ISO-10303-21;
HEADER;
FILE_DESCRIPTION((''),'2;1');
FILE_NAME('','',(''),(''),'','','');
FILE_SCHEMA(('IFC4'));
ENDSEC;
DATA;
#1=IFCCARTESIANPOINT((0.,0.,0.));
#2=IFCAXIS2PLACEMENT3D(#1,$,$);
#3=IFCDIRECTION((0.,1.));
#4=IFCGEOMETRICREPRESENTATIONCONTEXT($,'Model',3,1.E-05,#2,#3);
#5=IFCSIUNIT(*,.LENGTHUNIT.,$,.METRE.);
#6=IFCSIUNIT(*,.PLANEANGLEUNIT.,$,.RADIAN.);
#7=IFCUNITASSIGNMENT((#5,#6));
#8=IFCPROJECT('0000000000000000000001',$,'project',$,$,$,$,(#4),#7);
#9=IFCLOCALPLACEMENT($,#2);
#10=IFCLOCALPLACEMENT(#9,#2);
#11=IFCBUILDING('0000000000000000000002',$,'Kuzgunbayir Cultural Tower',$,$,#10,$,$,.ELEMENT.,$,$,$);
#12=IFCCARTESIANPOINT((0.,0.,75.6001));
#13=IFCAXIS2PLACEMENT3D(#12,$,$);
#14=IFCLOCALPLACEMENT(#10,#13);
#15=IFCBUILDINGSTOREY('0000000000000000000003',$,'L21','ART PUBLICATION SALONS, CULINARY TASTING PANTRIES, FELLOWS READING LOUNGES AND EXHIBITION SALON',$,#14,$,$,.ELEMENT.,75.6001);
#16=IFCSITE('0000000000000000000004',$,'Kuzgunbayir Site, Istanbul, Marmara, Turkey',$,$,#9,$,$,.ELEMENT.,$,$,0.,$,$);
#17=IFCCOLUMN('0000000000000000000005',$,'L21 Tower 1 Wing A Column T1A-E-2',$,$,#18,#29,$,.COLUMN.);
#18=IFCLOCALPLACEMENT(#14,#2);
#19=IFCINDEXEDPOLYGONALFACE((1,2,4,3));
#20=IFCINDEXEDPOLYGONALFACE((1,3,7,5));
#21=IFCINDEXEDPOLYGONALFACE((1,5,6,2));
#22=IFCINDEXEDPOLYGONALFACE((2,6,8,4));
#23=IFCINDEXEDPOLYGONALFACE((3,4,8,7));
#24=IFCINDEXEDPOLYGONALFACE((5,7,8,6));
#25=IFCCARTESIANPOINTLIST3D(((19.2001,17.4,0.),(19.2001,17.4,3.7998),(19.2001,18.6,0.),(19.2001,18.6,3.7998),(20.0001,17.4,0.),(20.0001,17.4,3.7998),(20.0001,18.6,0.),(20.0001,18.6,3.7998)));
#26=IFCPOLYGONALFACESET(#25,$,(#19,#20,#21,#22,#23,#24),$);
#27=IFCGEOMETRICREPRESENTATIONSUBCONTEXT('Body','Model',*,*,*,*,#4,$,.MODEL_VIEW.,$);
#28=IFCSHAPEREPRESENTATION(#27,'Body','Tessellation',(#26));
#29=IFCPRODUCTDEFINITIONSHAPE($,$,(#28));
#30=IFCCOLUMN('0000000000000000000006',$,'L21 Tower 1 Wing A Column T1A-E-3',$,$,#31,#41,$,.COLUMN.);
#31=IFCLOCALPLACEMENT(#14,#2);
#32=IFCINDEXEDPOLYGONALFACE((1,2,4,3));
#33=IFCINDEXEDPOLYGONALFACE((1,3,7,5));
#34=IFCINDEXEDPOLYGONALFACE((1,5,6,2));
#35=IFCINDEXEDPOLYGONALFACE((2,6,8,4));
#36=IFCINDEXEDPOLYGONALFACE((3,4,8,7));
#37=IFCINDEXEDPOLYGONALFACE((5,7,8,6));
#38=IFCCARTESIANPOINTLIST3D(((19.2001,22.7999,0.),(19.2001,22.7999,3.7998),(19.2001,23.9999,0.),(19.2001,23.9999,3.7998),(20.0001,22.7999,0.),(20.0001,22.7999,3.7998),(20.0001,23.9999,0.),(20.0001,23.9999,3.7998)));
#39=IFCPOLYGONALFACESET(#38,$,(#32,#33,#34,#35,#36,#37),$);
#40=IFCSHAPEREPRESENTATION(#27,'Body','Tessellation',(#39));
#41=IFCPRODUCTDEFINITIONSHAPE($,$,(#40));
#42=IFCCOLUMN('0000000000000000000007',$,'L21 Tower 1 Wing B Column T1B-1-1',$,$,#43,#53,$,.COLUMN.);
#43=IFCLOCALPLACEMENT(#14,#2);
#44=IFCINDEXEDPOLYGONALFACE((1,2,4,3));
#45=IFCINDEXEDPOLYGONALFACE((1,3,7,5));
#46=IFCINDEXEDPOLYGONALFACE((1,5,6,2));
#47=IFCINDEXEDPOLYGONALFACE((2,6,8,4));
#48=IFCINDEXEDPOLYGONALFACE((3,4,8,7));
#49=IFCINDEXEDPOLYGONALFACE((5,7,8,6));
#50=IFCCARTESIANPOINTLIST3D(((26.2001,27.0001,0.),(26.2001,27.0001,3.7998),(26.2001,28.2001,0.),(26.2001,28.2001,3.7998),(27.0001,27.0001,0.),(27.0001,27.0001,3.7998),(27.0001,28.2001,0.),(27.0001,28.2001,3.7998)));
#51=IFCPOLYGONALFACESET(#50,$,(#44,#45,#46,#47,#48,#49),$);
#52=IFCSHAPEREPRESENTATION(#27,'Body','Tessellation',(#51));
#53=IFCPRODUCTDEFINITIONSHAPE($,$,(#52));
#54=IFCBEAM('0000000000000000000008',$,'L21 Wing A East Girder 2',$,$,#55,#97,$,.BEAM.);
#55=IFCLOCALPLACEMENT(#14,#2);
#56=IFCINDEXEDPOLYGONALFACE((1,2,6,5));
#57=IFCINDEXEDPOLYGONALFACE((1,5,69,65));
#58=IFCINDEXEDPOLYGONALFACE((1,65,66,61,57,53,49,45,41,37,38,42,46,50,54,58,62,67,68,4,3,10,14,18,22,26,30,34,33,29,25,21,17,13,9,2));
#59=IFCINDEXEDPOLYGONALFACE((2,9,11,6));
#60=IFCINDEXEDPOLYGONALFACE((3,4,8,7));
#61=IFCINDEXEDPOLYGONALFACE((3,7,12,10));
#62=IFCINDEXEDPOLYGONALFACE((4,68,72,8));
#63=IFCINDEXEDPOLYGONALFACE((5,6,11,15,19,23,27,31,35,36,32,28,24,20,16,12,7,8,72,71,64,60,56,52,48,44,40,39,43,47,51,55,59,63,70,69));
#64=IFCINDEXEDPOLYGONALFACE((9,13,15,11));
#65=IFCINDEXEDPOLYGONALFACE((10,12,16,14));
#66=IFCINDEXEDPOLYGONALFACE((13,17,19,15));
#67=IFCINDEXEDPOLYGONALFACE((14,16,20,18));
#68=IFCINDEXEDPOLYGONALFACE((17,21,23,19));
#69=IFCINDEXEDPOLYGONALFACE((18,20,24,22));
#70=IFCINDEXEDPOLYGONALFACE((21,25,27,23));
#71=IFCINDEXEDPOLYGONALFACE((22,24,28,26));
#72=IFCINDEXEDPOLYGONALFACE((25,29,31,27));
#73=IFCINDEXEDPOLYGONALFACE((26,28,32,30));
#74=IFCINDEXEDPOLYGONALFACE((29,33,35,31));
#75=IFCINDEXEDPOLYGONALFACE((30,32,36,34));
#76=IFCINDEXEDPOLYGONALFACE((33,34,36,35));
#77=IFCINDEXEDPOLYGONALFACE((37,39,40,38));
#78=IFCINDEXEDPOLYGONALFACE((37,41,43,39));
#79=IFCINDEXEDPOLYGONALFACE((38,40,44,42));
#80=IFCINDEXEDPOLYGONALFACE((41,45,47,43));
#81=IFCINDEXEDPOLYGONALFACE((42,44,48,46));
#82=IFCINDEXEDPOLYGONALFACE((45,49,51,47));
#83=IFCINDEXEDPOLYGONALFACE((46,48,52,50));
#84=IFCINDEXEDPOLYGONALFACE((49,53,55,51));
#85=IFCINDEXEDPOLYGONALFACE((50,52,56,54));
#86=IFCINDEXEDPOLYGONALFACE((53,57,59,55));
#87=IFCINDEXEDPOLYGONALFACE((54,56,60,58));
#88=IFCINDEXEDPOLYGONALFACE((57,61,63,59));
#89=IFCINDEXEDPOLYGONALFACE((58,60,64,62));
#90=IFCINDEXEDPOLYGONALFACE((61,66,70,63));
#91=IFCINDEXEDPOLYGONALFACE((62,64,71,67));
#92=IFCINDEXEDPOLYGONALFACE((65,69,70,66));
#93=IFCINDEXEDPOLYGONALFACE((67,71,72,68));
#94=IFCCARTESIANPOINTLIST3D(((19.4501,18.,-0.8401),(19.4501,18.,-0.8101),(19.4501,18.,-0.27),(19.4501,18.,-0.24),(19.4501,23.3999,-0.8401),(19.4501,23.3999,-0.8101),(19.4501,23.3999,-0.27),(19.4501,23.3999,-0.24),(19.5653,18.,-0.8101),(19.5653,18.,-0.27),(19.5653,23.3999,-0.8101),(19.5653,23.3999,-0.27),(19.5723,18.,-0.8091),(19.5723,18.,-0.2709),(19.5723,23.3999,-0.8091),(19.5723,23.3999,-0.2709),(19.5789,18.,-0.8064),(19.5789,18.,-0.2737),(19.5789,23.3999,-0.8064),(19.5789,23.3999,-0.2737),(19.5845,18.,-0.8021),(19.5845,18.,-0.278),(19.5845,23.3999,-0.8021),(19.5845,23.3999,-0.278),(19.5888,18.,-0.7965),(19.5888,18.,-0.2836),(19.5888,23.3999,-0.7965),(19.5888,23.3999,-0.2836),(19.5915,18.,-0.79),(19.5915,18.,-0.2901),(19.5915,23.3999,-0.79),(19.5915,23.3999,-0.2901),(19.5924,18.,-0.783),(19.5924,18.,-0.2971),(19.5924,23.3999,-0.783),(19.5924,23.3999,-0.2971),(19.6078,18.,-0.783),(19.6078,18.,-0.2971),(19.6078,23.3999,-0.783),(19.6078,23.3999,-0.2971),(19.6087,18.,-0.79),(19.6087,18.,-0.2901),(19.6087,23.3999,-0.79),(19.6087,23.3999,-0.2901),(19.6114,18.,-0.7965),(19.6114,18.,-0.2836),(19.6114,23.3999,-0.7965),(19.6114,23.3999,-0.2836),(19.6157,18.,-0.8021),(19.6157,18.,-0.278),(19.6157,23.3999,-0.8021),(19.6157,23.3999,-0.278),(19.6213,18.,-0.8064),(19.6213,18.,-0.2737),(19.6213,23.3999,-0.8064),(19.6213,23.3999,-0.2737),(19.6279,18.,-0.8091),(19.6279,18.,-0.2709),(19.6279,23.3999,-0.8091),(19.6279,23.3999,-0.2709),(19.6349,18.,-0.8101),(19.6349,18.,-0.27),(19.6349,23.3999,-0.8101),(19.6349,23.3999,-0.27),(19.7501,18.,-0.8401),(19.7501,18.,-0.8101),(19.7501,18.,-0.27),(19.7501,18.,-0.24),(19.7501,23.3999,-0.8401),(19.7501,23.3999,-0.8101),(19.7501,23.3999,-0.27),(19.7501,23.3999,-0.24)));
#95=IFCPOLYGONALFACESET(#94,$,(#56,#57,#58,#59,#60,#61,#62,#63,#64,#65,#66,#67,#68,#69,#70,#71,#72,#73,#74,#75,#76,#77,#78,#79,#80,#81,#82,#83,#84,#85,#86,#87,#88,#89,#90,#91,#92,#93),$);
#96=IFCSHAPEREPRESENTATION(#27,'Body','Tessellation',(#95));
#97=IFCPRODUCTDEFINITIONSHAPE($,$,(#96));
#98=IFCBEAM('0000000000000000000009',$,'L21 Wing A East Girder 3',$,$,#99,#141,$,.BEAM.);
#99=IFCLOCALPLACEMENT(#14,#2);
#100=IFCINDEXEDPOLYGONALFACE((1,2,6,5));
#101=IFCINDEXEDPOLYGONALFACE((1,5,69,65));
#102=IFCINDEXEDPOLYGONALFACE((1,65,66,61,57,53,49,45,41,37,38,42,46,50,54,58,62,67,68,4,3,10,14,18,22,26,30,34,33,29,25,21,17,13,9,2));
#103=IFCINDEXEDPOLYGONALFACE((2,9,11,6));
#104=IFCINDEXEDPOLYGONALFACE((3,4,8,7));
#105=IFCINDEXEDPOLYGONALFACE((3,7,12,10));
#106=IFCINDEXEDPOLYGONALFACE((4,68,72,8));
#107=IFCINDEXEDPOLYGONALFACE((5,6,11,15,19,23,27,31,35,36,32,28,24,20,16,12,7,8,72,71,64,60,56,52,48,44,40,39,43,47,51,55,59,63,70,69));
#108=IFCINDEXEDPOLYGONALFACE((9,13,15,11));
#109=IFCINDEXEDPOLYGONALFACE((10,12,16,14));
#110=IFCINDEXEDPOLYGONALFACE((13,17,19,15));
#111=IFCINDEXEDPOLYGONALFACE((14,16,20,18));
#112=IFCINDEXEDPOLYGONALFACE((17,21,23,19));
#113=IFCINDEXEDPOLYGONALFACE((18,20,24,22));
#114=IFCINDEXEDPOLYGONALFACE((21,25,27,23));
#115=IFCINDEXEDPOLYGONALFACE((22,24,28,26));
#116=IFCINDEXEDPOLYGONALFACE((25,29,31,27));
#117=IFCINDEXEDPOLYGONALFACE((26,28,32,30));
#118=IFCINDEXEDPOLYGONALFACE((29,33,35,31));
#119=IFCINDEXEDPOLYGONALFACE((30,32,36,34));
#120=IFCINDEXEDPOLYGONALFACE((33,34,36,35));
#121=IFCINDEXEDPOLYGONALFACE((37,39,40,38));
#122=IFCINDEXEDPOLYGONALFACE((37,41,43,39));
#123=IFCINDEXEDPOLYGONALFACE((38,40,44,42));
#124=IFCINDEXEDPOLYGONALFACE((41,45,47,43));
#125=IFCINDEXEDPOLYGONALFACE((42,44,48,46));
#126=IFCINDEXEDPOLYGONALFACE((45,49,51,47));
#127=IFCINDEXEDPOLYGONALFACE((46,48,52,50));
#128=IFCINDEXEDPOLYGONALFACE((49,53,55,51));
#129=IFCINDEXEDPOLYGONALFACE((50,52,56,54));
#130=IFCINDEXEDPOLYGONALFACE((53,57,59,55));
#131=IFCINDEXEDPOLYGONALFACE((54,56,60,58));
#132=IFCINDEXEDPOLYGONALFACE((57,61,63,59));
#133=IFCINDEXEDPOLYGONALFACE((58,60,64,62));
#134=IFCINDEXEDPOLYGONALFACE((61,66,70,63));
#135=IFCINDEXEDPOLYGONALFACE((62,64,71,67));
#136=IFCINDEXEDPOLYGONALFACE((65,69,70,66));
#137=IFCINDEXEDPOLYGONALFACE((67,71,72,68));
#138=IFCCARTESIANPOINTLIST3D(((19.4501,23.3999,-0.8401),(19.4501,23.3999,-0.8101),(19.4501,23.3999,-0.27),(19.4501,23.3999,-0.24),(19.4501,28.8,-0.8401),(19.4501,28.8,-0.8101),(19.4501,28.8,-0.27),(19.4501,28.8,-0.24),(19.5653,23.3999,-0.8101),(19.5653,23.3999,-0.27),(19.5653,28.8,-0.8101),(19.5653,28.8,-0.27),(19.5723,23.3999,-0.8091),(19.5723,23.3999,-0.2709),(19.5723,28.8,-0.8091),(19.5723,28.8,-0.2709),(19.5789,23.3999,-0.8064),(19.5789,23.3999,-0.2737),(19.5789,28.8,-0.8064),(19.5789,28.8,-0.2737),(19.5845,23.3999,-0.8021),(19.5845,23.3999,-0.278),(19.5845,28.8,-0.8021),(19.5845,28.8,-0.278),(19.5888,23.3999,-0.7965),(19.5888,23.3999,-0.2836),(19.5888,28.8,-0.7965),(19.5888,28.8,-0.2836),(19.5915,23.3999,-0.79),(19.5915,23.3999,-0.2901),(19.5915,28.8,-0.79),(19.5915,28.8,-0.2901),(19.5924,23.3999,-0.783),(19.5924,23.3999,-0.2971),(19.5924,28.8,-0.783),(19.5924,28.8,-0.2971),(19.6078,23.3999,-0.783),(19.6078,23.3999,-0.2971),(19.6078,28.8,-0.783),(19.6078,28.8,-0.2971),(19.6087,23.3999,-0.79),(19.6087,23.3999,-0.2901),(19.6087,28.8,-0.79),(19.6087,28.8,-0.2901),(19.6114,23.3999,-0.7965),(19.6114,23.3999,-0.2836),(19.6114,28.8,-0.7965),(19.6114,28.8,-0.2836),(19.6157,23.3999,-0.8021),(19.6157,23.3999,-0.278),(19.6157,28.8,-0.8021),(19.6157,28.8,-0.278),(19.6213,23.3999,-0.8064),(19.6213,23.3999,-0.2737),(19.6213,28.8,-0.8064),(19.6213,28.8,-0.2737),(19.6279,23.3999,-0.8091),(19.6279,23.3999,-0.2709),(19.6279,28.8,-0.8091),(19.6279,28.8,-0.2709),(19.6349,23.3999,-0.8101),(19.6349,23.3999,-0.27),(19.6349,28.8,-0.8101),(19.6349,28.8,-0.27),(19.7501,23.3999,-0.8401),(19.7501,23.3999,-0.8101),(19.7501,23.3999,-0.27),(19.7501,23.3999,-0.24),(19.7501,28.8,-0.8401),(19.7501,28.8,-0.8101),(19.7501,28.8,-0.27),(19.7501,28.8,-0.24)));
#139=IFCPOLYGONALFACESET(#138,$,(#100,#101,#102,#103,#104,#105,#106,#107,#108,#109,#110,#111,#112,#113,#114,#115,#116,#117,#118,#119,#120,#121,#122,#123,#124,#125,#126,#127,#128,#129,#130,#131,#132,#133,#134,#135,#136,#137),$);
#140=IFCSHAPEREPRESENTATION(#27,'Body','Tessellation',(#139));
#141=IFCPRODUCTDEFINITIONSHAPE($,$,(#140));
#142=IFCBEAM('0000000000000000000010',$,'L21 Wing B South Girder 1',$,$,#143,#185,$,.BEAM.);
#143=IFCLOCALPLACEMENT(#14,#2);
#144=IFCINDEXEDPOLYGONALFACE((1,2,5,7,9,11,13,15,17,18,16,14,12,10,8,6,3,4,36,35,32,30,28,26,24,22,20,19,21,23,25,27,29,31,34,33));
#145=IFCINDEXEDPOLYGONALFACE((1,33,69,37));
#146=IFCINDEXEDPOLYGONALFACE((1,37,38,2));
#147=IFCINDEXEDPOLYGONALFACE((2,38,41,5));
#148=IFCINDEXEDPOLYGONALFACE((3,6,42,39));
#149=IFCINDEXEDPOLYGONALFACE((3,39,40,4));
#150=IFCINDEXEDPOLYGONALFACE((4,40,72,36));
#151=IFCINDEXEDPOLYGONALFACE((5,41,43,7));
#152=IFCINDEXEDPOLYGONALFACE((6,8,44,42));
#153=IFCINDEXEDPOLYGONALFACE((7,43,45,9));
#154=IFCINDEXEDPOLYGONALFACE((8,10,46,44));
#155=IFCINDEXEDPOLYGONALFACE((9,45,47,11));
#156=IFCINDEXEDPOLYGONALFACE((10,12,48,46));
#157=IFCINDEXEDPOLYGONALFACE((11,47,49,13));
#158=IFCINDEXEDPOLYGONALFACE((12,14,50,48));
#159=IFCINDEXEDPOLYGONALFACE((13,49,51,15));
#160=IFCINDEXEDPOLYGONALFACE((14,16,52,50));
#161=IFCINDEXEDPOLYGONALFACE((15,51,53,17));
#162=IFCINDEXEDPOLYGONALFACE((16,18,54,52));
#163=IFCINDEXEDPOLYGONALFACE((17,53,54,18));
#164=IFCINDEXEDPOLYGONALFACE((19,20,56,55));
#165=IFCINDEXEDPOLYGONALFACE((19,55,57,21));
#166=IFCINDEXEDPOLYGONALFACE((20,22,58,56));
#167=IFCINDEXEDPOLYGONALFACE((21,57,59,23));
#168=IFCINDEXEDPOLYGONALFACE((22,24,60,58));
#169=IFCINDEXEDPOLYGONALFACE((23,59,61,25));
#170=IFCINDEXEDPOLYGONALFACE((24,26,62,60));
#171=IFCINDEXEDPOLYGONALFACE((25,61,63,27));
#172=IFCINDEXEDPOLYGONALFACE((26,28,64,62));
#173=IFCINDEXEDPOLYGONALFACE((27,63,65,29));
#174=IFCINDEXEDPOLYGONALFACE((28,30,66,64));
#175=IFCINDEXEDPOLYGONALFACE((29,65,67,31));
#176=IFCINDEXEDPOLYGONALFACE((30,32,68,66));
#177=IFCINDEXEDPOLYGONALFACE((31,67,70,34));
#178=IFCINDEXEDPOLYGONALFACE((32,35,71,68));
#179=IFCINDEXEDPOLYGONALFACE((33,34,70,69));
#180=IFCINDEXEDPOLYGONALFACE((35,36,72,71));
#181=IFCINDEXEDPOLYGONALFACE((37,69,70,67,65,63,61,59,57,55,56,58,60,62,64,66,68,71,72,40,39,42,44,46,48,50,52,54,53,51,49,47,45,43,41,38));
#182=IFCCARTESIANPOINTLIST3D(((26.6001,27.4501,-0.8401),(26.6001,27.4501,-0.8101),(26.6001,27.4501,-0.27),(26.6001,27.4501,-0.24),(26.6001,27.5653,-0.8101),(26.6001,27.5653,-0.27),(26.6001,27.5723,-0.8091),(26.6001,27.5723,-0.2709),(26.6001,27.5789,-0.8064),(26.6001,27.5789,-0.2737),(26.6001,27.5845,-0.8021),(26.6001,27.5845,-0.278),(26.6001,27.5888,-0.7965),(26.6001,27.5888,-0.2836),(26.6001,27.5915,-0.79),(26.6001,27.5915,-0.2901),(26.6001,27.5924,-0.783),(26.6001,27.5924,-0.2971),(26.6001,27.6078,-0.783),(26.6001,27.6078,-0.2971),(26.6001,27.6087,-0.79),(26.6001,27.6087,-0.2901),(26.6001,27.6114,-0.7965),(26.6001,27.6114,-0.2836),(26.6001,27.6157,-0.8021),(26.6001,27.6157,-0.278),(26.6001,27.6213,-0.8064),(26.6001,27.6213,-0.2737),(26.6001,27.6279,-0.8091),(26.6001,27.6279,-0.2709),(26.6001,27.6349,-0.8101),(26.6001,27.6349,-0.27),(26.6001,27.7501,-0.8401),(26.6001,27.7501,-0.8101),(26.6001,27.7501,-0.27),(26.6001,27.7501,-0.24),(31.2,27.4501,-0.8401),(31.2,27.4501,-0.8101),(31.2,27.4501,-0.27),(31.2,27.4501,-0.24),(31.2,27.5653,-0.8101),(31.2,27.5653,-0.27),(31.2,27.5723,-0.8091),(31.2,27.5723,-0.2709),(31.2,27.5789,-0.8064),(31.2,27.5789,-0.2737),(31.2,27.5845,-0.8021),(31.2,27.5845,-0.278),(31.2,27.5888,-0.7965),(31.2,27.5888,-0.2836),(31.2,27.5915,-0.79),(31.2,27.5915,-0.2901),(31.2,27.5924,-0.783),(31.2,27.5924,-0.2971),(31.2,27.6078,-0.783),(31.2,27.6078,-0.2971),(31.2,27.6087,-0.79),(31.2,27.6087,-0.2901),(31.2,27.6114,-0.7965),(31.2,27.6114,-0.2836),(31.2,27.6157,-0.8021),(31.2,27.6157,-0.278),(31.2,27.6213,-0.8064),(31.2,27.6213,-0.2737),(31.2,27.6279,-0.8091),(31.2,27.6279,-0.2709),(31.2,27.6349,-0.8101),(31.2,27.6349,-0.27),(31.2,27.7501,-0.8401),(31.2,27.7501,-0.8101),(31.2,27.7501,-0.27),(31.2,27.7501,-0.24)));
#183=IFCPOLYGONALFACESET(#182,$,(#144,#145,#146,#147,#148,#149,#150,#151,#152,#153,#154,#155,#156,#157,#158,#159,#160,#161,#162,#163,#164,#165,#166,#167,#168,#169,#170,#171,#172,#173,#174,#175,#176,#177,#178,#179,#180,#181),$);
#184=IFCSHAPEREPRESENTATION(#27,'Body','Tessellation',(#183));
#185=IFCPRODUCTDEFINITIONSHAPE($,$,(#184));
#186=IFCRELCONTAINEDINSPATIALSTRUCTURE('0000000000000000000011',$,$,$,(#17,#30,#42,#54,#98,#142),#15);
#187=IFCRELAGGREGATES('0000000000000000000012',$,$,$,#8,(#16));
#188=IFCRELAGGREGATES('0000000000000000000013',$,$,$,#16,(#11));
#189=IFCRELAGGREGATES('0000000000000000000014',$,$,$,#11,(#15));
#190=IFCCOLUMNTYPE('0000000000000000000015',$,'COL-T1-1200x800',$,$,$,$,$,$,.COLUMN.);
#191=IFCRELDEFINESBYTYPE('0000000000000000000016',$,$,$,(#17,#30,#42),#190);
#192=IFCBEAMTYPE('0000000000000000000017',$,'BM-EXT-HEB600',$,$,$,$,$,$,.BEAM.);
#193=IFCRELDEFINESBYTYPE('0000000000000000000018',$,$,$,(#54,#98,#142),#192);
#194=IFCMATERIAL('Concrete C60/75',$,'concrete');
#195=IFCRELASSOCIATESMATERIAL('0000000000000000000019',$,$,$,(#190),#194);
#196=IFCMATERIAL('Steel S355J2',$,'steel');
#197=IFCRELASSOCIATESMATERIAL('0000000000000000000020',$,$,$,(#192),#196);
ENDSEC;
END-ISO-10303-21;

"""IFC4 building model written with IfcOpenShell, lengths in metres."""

from ifc_helpers import new_model, si_unit, direction, frame, origin, origin_2d, place, context, subcontext, project, spatial, rectangle, i_section, extrude, material, material_profile, profile_set, type_object, element, save


model = new_model("IFC4")

# Units and contexts
model_context = context("Model", 3, precision=1e-05, world=origin(), true_north=direction((0.0, 1.0)))
body_context = subcontext(model_context, "Body", "Model", "MODEL_VIEW")
ifc_project = project(units=[si_unit("LENGTHUNIT", "METRE"), si_unit("PLANEANGLEUNIT", "RADIAN")], contexts=[model_context])

# Site, building, storey
site_placement = place(None, origin())
site = spatial("IfcSite", under=ifc_project, at=site_placement, Name="Kuzgunbayir Site, Istanbul, Marmara, Turkey", CompositionType="ELEMENT", RefElevation=0.0)
building_placement = place(site_placement, origin())
building = spatial("IfcBuilding", under=site, at=building_placement, Name="Kuzgunbayir Cultural Tower", CompositionType="ELEMENT")
storey_placement = place(building_placement, frame((0.0, 0.0, 75.6001)))
storey = spatial("IfcBuildingStorey", under=building, at=storey_placement, Name="L21", Description="ART PUBLICATION SALONS, CULINARY TASTING PANTRIES, FELLOWS READING LOUNGES AND EXHIBITION SALON", CompositionType="ELEMENT", Elevation=75.6001)

# Columns
ifc_material_1 = material(Name="Concrete C60/75", Category="concrete")
ifc_material_profile_1 = material_profile(ifc_material_1, rectangle(XDim=0.8, YDim=1.2, at=origin_2d()), Name="RC 1200x800")
ifc_profile_set_1 = profile_set([ifc_material_profile_1], Name="Concrete C60/75")
column_type = type_object("IfcColumnType", Name="COL-T1-1200x800", PredefinedType="COLUMN", material=ifc_profile_set_1)
for number, where, z_axis, x_axis, name in (
    (1, (19.6001, 18.0, 0.0), (0.0, 0.0, 1.0), (1.0, 0.0, 0.0), "L21 Tower 1 Wing A Column T1A-E-2"),
    (2, (19.6001, 23.3999, 0.0), (0.0, 0.0, 1.0), (1.0, 0.0, 0.0), "L21 Tower 1 Wing A Column T1A-E-3"),
    (3, (26.6001, 27.6001, 0.0), (0.0, 0.0, 1.0), (1.0, 0.0, 0.0), "L21 Tower 1 Wing B Column T1B-1-1"),
):
    element("IfcColumn", number, at=place(storey_placement, frame(where, z_axis=z_axis, x_axis=x_axis)), inside=storey, type_object=column_type, Name=name, PredefinedType="COLUMN", context=body_context, shape_type="SweptSolid", body=[
        extrude(rectangle(XDim=0.8, YDim=1.2, at=origin_2d()), origin(), (0.0, 0.0, 1.0), 3.7998),
    ])

# Beams
ifc_material_2 = material(Name="Steel S355J2", Category="steel")
ifc_material_profile_2 = material_profile(ifc_material_2, i_section(OverallWidth=0.3, OverallDepth=0.6001, WebThickness=0.0154, FlangeThickness=0.03, FilletRadius=0.0271, at=origin_2d()), Name="HEB 600")
ifc_profile_set_2 = profile_set([ifc_material_profile_2], Name="Steel S355J2")
beam_type_1 = type_object("IfcBeamType", Name="BM-EXT-HEB600", PredefinedType="BEAM", material=ifc_profile_set_2)
beam_1_placement = place(storey_placement, frame((19.6001, 18.0, -0.54), z_axis=(0.0, 1.0, 0.0), x_axis=(-1.0, 0.0, 0.0)))
element("IfcBeam", 4, at=beam_1_placement, inside=storey, type_object=beam_type_1, Name="L21 Wing A East Girder 2", PredefinedType="BEAM", context=body_context, shape_type="SweptSolid", body=[
    extrude(i_section(OverallWidth=0.3, OverallDepth=0.6001, WebThickness=0.0154, FlangeThickness=0.03, FilletRadius=0.0271, at=origin_2d()), origin(), (0.0, 0.0, 1.0), 5.3999),
])
beam_2_placement = place(storey_placement, frame((19.6001, 23.3999, -0.54), z_axis=(0.0, 1.0, 0.0), x_axis=(-1.0, 0.0, 0.0)))
element("IfcBeam", 5, at=beam_2_placement, inside=storey, type_object=beam_type_1, Name="L21 Wing A East Girder 3", PredefinedType="BEAM", context=body_context, shape_type="SweptSolid", body=[
    extrude(i_section(OverallWidth=0.3, OverallDepth=0.6001, WebThickness=0.0154, FlangeThickness=0.03, FilletRadius=0.0271, at=origin_2d()), origin(), (0.0, 0.0, 1.0), 5.4001),
])
beam_3_placement = place(storey_placement, frame((26.6001, 27.6001, -0.54), z_axis=(1.0, 0.0, 0.0), x_axis=(0.0, 1.0, 0.0)))
element("IfcBeam", 6, at=beam_3_placement, inside=storey, type_object=beam_type_1, Name="L21 Wing B South Girder 1", PredefinedType="BEAM", context=body_context, shape_type="SweptSolid", body=[
    extrude(i_section(OverallWidth=0.3, OverallDepth=0.6001, WebThickness=0.0154, FlangeThickness=0.03, FilletRadius=0.0271, at=origin_2d()), origin(), (0.0, 0.0, 1.0), 4.5999),
])

save(model, "model.ifc")
